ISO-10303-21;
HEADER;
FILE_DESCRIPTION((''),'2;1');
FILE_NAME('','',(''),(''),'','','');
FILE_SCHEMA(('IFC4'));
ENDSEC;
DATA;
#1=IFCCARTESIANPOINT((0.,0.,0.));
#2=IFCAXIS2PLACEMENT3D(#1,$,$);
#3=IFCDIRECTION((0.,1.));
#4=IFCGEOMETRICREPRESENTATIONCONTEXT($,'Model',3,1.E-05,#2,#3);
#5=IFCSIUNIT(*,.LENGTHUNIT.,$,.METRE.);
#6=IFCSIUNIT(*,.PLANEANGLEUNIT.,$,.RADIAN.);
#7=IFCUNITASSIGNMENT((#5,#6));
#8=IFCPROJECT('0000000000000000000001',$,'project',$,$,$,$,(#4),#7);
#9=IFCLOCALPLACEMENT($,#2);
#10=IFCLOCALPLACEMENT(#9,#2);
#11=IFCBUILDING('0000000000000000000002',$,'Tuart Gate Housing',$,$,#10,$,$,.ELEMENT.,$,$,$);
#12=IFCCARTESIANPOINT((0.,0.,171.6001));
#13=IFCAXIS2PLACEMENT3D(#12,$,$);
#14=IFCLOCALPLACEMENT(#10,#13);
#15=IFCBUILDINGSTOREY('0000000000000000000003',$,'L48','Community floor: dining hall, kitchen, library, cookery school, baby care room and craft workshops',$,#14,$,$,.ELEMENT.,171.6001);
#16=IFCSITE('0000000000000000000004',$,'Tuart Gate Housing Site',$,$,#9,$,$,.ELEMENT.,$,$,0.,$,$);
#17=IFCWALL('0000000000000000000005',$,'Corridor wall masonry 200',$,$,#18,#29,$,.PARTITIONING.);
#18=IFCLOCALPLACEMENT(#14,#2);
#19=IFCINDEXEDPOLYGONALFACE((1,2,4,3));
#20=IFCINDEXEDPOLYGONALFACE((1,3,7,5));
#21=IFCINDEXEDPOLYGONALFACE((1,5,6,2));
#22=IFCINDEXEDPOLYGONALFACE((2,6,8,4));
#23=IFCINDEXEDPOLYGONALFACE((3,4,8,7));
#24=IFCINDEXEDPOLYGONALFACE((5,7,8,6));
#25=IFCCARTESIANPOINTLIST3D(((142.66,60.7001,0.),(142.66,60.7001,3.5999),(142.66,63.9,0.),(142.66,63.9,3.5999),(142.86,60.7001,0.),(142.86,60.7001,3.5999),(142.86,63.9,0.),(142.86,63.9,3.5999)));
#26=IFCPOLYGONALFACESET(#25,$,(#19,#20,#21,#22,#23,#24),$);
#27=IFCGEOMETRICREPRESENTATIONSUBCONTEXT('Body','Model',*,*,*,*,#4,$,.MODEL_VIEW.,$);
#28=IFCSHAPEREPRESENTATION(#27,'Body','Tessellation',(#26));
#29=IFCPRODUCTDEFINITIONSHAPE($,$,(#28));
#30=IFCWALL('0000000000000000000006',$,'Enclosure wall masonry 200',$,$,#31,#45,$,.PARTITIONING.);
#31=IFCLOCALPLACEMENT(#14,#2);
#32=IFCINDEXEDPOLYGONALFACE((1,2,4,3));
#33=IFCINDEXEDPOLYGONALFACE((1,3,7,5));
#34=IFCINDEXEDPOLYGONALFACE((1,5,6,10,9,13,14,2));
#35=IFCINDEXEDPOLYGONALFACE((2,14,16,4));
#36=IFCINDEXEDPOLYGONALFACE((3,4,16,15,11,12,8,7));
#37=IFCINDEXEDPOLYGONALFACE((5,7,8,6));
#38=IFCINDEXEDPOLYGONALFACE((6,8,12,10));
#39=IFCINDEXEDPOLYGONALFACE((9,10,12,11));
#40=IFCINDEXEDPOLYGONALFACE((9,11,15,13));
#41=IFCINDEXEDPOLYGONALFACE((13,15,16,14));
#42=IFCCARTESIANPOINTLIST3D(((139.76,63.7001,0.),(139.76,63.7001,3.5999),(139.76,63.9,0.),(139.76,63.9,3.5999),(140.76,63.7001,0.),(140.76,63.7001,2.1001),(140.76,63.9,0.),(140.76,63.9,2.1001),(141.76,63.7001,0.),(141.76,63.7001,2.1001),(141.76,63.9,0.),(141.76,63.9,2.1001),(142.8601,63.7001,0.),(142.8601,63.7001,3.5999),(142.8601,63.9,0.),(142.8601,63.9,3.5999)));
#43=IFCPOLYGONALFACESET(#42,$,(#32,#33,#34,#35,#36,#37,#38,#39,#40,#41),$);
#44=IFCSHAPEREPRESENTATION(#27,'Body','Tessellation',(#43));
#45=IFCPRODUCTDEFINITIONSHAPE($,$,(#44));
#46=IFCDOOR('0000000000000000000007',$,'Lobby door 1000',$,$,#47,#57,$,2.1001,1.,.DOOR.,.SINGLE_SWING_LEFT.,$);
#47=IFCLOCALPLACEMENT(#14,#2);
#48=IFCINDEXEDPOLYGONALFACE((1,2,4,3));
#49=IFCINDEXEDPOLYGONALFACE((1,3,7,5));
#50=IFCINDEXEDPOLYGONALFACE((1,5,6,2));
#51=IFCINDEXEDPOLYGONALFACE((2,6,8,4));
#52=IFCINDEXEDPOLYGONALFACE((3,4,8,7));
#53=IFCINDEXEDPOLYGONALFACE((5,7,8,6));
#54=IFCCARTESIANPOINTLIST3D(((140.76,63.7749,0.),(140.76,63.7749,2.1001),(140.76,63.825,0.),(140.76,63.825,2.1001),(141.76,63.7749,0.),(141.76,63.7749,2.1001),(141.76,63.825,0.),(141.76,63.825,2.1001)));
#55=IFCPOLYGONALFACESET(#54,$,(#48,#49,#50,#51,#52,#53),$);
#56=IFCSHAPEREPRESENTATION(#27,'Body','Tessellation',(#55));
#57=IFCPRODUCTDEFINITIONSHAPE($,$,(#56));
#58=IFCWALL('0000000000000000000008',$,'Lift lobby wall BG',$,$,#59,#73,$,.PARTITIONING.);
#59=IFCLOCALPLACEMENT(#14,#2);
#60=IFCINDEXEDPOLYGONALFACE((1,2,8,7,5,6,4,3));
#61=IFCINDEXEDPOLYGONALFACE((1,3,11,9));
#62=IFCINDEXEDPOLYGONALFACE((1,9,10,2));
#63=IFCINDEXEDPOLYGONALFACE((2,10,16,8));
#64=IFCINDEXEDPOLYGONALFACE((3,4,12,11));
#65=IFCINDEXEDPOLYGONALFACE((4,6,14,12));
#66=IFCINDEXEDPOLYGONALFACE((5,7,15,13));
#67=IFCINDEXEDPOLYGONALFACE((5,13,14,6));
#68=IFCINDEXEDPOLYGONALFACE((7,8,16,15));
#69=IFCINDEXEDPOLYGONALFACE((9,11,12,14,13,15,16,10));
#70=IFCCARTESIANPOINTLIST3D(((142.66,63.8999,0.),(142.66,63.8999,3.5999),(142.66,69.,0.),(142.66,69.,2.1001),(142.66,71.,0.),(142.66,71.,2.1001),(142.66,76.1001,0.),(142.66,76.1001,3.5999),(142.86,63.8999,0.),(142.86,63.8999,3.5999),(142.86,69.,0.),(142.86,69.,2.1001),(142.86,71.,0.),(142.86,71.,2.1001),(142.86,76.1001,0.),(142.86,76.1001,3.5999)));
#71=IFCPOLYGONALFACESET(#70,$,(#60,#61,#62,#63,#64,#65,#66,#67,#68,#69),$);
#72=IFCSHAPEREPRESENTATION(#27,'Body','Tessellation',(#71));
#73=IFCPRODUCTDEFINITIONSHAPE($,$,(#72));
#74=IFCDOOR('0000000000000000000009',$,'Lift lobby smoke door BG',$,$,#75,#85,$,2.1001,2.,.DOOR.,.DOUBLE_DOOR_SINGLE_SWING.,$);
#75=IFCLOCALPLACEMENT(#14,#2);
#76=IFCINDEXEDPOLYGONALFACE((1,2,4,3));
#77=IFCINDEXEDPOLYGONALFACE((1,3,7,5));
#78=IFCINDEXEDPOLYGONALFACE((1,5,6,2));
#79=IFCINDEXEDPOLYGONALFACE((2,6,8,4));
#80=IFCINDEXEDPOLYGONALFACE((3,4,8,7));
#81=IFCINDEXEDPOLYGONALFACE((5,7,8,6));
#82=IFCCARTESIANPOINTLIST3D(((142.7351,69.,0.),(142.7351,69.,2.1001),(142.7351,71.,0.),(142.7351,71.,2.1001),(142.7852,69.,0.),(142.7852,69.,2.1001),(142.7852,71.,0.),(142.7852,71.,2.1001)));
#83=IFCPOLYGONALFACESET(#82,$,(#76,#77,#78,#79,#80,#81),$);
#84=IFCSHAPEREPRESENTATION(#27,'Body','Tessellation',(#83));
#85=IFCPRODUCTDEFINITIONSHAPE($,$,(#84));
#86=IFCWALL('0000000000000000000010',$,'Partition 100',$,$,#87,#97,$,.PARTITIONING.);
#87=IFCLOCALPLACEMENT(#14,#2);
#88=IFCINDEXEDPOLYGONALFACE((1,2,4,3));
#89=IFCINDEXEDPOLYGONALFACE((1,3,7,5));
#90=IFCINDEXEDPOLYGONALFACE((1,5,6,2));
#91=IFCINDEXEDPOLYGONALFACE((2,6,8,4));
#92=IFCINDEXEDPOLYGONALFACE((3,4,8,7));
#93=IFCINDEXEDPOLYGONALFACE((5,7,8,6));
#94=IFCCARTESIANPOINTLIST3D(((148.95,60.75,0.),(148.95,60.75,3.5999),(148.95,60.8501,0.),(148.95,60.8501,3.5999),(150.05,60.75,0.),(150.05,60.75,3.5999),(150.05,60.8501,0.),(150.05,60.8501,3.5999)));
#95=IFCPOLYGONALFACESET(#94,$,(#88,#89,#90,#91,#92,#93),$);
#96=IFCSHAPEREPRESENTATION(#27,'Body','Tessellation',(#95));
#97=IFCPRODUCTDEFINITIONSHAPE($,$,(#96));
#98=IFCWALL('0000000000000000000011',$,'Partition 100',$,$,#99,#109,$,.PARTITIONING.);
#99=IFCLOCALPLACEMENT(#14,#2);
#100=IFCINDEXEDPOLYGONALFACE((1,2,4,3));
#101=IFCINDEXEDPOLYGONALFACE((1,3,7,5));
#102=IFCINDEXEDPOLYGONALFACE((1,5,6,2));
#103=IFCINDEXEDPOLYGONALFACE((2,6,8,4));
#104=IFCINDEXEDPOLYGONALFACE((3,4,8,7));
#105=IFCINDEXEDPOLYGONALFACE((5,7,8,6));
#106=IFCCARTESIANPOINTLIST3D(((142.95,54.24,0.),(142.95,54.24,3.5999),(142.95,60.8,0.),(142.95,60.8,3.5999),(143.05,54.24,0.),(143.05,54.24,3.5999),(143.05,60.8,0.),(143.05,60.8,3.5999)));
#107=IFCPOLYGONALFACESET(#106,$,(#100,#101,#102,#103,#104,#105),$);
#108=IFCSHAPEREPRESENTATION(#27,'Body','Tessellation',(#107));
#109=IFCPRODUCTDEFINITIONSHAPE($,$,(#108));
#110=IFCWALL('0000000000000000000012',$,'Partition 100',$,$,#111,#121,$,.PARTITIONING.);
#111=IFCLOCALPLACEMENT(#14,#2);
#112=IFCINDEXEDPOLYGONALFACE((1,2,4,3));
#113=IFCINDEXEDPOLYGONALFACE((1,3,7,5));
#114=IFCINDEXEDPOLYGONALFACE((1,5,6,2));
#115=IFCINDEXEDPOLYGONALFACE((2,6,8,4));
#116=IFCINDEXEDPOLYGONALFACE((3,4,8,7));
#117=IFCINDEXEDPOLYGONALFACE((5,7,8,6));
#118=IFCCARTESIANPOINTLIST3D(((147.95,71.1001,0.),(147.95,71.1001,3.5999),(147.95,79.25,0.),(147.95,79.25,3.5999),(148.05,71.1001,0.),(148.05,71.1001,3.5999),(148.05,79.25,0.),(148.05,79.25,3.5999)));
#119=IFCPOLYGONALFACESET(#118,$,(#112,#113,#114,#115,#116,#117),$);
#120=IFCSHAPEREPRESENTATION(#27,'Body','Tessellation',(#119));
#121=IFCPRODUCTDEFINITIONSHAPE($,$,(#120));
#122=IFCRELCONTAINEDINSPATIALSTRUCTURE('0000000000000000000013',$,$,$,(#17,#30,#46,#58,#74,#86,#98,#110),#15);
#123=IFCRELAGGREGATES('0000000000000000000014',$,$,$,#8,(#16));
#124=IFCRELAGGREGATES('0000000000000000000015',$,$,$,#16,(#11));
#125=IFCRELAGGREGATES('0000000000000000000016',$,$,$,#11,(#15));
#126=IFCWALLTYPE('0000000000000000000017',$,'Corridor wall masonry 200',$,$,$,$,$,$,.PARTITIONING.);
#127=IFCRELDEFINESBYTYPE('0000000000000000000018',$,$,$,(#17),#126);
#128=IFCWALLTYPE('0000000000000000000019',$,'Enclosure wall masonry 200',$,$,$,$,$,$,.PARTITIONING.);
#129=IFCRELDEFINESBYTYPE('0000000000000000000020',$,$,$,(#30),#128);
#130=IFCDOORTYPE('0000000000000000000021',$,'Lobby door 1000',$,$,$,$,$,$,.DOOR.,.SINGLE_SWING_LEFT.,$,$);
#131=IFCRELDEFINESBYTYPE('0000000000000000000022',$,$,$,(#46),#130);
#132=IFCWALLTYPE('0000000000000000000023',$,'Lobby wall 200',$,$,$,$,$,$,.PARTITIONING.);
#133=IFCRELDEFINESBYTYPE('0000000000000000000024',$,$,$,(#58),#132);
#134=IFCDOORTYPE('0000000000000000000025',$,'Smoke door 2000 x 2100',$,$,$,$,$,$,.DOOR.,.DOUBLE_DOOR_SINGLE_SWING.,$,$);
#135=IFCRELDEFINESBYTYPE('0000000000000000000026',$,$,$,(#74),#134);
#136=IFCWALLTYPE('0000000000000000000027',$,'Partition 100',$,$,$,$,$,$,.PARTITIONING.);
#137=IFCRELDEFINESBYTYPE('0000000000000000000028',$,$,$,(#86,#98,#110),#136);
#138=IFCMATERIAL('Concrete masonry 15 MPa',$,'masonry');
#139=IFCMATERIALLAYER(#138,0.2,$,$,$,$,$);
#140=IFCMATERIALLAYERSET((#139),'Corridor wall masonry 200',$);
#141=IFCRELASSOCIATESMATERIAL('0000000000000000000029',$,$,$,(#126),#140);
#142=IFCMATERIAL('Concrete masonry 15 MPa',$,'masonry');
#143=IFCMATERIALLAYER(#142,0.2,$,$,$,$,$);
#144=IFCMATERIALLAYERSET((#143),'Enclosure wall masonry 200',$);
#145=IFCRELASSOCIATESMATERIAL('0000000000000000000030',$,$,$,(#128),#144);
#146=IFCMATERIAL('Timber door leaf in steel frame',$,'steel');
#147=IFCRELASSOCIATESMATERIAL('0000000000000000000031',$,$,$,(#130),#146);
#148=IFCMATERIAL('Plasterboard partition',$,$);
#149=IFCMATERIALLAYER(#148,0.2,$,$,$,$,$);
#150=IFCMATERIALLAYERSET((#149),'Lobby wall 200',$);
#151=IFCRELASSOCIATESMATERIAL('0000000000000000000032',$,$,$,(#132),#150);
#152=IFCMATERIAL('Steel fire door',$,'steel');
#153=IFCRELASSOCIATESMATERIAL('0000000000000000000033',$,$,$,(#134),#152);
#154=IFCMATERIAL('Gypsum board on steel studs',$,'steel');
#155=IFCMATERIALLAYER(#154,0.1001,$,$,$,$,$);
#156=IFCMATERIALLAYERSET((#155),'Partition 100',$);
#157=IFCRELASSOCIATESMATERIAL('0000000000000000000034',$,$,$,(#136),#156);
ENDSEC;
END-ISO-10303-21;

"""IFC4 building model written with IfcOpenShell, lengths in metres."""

from ifc_helpers import new_model, si_unit, direction, frame, frame_2d, origin, place, context, subcontext, project, spatial, rectangle, extrude, material, layer, layer_set, type_object, element, fill, save


model = new_model("IFC4")

# Units and contexts
model_context = context("Model", 3, precision=1e-05, world=origin(), true_north=direction((0.0, 1.0)))
body_context = subcontext(model_context, "Body", "Model", "MODEL_VIEW")
ifc_project = project(units=[si_unit("LENGTHUNIT", "METRE"), si_unit("PLANEANGLEUNIT", "RADIAN")], contexts=[model_context])

# Site, building, storey
site_placement = place(None, origin())
site = spatial("IfcSite", under=ifc_project, at=site_placement, Name="Tuart Gate Housing Site", CompositionType="ELEMENT", RefElevation=0.0)
building_placement = place(site_placement, origin())
building = spatial("IfcBuilding", under=site, at=building_placement, Name="Tuart Gate Housing", CompositionType="ELEMENT")
storey_placement = place(building_placement, frame((0.0, 0.0, 171.6001)))
storey = spatial("IfcBuildingStorey", under=building, at=storey_placement, Name="L48", Description="Community floor: dining hall, kitchen, library, cookery school, baby care room and craft workshops", CompositionType="ELEMENT", Elevation=171.6001)

# Shared definitions
ifc_material_1 = material(Name="Concrete masonry 15 MPa", Category="masonry")
ifc_layer_1 = layer(ifc_material_1, 0.2)
ifc_layer_set_1 = layer_set([ifc_layer_1], Name="Corridor wall masonry 200")
wall_type_1 = type_object("IfcWallType", Name="Corridor wall masonry 200", PredefinedType="PARTITIONING", material=ifc_layer_set_1)

# Wall
wall_1_placement = place(storey_placement, frame((142.76, 60.7, 0.0), z_axis=(0.0, 0.0, 1.0), x_axis=(0.0, 1.0, 0.0)))
element("IfcWall", 1, at=wall_1_placement, inside=storey, type_object=wall_type_1, Name="Corridor wall masonry 200", PredefinedType="PARTITIONING", context=body_context, shape_type="SweptSolid", body=[
    extrude(rectangle(XDim=3.2, YDim=0.2, at=frame_2d((1.6001, 0.0))), origin(), (0.0, 0.0, 1.0), 3.5999),
])

# Walls, openings, doors
ifc_material_2 = material(Name="Concrete masonry 15 MPa", Category="masonry")
ifc_layer_2 = layer(ifc_material_2, 0.2)
ifc_layer_set_2 = layer_set([ifc_layer_2], Name="Enclosure wall masonry 200")
wall_type_2 = type_object("IfcWallType", Name="Enclosure wall masonry 200", PredefinedType="PARTITIONING", material=ifc_layer_set_2)
wall_2_placement = place(storey_placement, frame((139.76, 63.8, 0.0), z_axis=(0.0, 0.0, 1.0), x_axis=(1.0, 0.0, 0.0)))
wall_2 = element("IfcWall", 2, at=wall_2_placement, inside=storey, type_object=wall_type_2, Name="Enclosure wall masonry 200", PredefinedType="PARTITIONING", context=body_context, shape_type="SweptSolid", body=[
    extrude(rectangle(XDim=3.1001, YDim=0.2, at=frame_2d((1.55, 0.0))), origin(), (0.0, 0.0, 1.0), 3.5999),
])
opening_1_placement = place(wall_2_placement, frame((1.0, 0.0, 0.0)))
opening_1 = element("IfcOpeningElement", 3, at=opening_1_placement, cuts=wall_2, PredefinedType="OPENING", context=body_context, shape_type="SweptSolid", body=[
    extrude(rectangle(XDim=1.0, YDim=2.1001, at=frame_2d((0.5, 1.05))), frame((0.0, 0.1099, 0.0), z_axis=(0.0, -1.0, 0.0), x_axis=(1.0, 0.0, 0.0)), (0.0, 0.0, 1.0), 0.22),
])
ifc_material_3 = material(Name="Timber door leaf in steel frame", Category="steel")
door_type_1 = type_object("IfcDoorType", Name="Lobby door 1000", OperationType="SINGLE_SWING_LEFT", PredefinedType="DOOR", material=ifc_material_3)
door_1_placement = place(opening_1_placement, frame((1.0, 0.0, 0.0), z_axis=(0.0, 0.0, 1.0), x_axis=(-1.0, 0.0, 0.0)))
door_1 = element("IfcDoor", 4, at=door_1_placement, inside=storey, type_object=door_type_1, Name="Lobby door 1000", OperationType="SINGLE_SWING_LEFT", OverallHeight=2.1001, OverallWidth=1.0, PredefinedType="DOOR", context=body_context, shape_type="SweptSolid", body=[
    extrude(rectangle(XDim=1.0, YDim=2.1001, at=frame_2d((0.5, 1.05))), frame((0.0, 0.0251, 0.0), z_axis=(0.0, -1.0, 0.0), x_axis=(1.0, 0.0, 0.0)), (0.0, 0.0, 1.0), 0.05),
])
fill(opening_1, door_1)
ifc_material_4 = material(Name="Plasterboard partition")
ifc_layer_3 = layer(ifc_material_4, 0.2)
ifc_layer_set_3 = layer_set([ifc_layer_3], Name="Lobby wall 200")
wall_type_3 = type_object("IfcWallType", Name="Lobby wall 200", PredefinedType="PARTITIONING", material=ifc_layer_set_3)
wall_3_placement = place(storey_placement, frame((142.76, 63.8999, 0.0), z_axis=(0.0, 0.0, 1.0), x_axis=(0.0, 1.0, 0.0)))
wall_3 = element("IfcWall", 5, at=wall_3_placement, inside=storey, type_object=wall_type_3, Name="Lift lobby wall BG", PredefinedType="PARTITIONING", context=body_context, shape_type="SweptSolid", body=[
    extrude(rectangle(XDim=12.2002, YDim=0.2, at=frame_2d((6.1001, 0.0))), origin(), (0.0, 0.0, 1.0), 3.5999),
])
opening_2_placement = place(wall_3_placement, frame((5.1001, 0.0, 0.0)))
opening_2 = element("IfcOpeningElement", 6, at=opening_2_placement, cuts=wall_3, PredefinedType="OPENING", context=body_context, shape_type="SweptSolid", body=[
    extrude(rectangle(XDim=2.0, YDim=2.1001, at=frame_2d((1.0, 1.05))), frame((0.0, 0.1099, 0.0), z_axis=(0.0, -1.0, 0.0), x_axis=(1.0, 0.0, 0.0)), (0.0, 0.0, 1.0), 0.22),
])
ifc_material_5 = material(Name="Steel fire door", Category="steel")
door_type_2 = type_object("IfcDoorType", Name="Smoke door 2000 x 2100", OperationType="DOUBLE_DOOR_SINGLE_SWING", PredefinedType="DOOR", material=ifc_material_5)
door_2_placement = place(opening_2_placement, origin())
door_2 = element("IfcDoor", 7, at=door_2_placement, inside=storey, type_object=door_type_2, Name="Lift lobby smoke door BG", OperationType="DOUBLE_DOOR_SINGLE_SWING", OverallHeight=2.1001, OverallWidth=2.0, PredefinedType="DOOR", context=body_context, shape_type="SweptSolid", body=[
    extrude(rectangle(XDim=2.0, YDim=2.1001, at=frame_2d((1.0, 1.05))), frame((0.0, 0.0249, 0.0), z_axis=(0.0, -1.0, 0.0), x_axis=(1.0, 0.0, 0.0)), (0.0, 0.0, 1.0), 0.05),
])
fill(opening_2, door_2)

# Walls
ifc_material_6 = material(Name="Gypsum board on steel studs", Category="steel")
ifc_layer_4 = layer(ifc_material_6, 0.1001)
ifc_layer_set_4 = layer_set([ifc_layer_4], Name="Partition 100")
wall_type_4 = type_object("IfcWallType", Name="Partition 100", PredefinedType="PARTITIONING", material=ifc_layer_set_4)
wall_4_placement = place(storey_placement, frame((148.95, 60.8, 0.0), z_axis=(0.0, 0.0, 1.0), x_axis=(1.0, 0.0, 0.0)))
element("IfcWall", 8, at=wall_4_placement, inside=storey, type_object=wall_type_4, Name="Partition 100", PredefinedType="PARTITIONING", context=body_context, shape_type="SweptSolid", body=[
    extrude(rectangle(XDim=1.1001, YDim=0.1001, at=frame_2d((0.55, 0.0))), origin(), (0.0, 0.0, 1.0), 3.5999),
])
wall_5_placement = place(storey_placement, frame((143.0, 54.24, 0.0), z_axis=(0.0, 0.0, 1.0), x_axis=(0.0, 1.0, 0.0)))
element("IfcWall", 9, at=wall_5_placement, inside=storey, type_object=wall_type_4, Name="Partition 100", PredefinedType="PARTITIONING", context=body_context, shape_type="SweptSolid", body=[
    extrude(rectangle(XDim=6.5601, YDim=0.1001, at=frame_2d((3.28, 0.0))), origin(), (0.0, 0.0, 1.0), 3.5999),
])
wall_6_placement = place(storey_placement, frame((148.0, 71.1001, 0.0), z_axis=(0.0, 0.0, 1.0), x_axis=(0.0, 1.0, 0.0)))
element("IfcWall", 10, at=wall_6_placement, inside=storey, type_object=wall_type_4, Name="Partition 100", PredefinedType="PARTITIONING", context=body_context, shape_type="SweptSolid", body=[
    extrude(rectangle(XDim=8.1499, YDim=0.1001, at=frame_2d((4.075, 0.0))), origin(), (0.0, 0.0, 1.0), 3.5999),
])

save(model, "model.ifc")
